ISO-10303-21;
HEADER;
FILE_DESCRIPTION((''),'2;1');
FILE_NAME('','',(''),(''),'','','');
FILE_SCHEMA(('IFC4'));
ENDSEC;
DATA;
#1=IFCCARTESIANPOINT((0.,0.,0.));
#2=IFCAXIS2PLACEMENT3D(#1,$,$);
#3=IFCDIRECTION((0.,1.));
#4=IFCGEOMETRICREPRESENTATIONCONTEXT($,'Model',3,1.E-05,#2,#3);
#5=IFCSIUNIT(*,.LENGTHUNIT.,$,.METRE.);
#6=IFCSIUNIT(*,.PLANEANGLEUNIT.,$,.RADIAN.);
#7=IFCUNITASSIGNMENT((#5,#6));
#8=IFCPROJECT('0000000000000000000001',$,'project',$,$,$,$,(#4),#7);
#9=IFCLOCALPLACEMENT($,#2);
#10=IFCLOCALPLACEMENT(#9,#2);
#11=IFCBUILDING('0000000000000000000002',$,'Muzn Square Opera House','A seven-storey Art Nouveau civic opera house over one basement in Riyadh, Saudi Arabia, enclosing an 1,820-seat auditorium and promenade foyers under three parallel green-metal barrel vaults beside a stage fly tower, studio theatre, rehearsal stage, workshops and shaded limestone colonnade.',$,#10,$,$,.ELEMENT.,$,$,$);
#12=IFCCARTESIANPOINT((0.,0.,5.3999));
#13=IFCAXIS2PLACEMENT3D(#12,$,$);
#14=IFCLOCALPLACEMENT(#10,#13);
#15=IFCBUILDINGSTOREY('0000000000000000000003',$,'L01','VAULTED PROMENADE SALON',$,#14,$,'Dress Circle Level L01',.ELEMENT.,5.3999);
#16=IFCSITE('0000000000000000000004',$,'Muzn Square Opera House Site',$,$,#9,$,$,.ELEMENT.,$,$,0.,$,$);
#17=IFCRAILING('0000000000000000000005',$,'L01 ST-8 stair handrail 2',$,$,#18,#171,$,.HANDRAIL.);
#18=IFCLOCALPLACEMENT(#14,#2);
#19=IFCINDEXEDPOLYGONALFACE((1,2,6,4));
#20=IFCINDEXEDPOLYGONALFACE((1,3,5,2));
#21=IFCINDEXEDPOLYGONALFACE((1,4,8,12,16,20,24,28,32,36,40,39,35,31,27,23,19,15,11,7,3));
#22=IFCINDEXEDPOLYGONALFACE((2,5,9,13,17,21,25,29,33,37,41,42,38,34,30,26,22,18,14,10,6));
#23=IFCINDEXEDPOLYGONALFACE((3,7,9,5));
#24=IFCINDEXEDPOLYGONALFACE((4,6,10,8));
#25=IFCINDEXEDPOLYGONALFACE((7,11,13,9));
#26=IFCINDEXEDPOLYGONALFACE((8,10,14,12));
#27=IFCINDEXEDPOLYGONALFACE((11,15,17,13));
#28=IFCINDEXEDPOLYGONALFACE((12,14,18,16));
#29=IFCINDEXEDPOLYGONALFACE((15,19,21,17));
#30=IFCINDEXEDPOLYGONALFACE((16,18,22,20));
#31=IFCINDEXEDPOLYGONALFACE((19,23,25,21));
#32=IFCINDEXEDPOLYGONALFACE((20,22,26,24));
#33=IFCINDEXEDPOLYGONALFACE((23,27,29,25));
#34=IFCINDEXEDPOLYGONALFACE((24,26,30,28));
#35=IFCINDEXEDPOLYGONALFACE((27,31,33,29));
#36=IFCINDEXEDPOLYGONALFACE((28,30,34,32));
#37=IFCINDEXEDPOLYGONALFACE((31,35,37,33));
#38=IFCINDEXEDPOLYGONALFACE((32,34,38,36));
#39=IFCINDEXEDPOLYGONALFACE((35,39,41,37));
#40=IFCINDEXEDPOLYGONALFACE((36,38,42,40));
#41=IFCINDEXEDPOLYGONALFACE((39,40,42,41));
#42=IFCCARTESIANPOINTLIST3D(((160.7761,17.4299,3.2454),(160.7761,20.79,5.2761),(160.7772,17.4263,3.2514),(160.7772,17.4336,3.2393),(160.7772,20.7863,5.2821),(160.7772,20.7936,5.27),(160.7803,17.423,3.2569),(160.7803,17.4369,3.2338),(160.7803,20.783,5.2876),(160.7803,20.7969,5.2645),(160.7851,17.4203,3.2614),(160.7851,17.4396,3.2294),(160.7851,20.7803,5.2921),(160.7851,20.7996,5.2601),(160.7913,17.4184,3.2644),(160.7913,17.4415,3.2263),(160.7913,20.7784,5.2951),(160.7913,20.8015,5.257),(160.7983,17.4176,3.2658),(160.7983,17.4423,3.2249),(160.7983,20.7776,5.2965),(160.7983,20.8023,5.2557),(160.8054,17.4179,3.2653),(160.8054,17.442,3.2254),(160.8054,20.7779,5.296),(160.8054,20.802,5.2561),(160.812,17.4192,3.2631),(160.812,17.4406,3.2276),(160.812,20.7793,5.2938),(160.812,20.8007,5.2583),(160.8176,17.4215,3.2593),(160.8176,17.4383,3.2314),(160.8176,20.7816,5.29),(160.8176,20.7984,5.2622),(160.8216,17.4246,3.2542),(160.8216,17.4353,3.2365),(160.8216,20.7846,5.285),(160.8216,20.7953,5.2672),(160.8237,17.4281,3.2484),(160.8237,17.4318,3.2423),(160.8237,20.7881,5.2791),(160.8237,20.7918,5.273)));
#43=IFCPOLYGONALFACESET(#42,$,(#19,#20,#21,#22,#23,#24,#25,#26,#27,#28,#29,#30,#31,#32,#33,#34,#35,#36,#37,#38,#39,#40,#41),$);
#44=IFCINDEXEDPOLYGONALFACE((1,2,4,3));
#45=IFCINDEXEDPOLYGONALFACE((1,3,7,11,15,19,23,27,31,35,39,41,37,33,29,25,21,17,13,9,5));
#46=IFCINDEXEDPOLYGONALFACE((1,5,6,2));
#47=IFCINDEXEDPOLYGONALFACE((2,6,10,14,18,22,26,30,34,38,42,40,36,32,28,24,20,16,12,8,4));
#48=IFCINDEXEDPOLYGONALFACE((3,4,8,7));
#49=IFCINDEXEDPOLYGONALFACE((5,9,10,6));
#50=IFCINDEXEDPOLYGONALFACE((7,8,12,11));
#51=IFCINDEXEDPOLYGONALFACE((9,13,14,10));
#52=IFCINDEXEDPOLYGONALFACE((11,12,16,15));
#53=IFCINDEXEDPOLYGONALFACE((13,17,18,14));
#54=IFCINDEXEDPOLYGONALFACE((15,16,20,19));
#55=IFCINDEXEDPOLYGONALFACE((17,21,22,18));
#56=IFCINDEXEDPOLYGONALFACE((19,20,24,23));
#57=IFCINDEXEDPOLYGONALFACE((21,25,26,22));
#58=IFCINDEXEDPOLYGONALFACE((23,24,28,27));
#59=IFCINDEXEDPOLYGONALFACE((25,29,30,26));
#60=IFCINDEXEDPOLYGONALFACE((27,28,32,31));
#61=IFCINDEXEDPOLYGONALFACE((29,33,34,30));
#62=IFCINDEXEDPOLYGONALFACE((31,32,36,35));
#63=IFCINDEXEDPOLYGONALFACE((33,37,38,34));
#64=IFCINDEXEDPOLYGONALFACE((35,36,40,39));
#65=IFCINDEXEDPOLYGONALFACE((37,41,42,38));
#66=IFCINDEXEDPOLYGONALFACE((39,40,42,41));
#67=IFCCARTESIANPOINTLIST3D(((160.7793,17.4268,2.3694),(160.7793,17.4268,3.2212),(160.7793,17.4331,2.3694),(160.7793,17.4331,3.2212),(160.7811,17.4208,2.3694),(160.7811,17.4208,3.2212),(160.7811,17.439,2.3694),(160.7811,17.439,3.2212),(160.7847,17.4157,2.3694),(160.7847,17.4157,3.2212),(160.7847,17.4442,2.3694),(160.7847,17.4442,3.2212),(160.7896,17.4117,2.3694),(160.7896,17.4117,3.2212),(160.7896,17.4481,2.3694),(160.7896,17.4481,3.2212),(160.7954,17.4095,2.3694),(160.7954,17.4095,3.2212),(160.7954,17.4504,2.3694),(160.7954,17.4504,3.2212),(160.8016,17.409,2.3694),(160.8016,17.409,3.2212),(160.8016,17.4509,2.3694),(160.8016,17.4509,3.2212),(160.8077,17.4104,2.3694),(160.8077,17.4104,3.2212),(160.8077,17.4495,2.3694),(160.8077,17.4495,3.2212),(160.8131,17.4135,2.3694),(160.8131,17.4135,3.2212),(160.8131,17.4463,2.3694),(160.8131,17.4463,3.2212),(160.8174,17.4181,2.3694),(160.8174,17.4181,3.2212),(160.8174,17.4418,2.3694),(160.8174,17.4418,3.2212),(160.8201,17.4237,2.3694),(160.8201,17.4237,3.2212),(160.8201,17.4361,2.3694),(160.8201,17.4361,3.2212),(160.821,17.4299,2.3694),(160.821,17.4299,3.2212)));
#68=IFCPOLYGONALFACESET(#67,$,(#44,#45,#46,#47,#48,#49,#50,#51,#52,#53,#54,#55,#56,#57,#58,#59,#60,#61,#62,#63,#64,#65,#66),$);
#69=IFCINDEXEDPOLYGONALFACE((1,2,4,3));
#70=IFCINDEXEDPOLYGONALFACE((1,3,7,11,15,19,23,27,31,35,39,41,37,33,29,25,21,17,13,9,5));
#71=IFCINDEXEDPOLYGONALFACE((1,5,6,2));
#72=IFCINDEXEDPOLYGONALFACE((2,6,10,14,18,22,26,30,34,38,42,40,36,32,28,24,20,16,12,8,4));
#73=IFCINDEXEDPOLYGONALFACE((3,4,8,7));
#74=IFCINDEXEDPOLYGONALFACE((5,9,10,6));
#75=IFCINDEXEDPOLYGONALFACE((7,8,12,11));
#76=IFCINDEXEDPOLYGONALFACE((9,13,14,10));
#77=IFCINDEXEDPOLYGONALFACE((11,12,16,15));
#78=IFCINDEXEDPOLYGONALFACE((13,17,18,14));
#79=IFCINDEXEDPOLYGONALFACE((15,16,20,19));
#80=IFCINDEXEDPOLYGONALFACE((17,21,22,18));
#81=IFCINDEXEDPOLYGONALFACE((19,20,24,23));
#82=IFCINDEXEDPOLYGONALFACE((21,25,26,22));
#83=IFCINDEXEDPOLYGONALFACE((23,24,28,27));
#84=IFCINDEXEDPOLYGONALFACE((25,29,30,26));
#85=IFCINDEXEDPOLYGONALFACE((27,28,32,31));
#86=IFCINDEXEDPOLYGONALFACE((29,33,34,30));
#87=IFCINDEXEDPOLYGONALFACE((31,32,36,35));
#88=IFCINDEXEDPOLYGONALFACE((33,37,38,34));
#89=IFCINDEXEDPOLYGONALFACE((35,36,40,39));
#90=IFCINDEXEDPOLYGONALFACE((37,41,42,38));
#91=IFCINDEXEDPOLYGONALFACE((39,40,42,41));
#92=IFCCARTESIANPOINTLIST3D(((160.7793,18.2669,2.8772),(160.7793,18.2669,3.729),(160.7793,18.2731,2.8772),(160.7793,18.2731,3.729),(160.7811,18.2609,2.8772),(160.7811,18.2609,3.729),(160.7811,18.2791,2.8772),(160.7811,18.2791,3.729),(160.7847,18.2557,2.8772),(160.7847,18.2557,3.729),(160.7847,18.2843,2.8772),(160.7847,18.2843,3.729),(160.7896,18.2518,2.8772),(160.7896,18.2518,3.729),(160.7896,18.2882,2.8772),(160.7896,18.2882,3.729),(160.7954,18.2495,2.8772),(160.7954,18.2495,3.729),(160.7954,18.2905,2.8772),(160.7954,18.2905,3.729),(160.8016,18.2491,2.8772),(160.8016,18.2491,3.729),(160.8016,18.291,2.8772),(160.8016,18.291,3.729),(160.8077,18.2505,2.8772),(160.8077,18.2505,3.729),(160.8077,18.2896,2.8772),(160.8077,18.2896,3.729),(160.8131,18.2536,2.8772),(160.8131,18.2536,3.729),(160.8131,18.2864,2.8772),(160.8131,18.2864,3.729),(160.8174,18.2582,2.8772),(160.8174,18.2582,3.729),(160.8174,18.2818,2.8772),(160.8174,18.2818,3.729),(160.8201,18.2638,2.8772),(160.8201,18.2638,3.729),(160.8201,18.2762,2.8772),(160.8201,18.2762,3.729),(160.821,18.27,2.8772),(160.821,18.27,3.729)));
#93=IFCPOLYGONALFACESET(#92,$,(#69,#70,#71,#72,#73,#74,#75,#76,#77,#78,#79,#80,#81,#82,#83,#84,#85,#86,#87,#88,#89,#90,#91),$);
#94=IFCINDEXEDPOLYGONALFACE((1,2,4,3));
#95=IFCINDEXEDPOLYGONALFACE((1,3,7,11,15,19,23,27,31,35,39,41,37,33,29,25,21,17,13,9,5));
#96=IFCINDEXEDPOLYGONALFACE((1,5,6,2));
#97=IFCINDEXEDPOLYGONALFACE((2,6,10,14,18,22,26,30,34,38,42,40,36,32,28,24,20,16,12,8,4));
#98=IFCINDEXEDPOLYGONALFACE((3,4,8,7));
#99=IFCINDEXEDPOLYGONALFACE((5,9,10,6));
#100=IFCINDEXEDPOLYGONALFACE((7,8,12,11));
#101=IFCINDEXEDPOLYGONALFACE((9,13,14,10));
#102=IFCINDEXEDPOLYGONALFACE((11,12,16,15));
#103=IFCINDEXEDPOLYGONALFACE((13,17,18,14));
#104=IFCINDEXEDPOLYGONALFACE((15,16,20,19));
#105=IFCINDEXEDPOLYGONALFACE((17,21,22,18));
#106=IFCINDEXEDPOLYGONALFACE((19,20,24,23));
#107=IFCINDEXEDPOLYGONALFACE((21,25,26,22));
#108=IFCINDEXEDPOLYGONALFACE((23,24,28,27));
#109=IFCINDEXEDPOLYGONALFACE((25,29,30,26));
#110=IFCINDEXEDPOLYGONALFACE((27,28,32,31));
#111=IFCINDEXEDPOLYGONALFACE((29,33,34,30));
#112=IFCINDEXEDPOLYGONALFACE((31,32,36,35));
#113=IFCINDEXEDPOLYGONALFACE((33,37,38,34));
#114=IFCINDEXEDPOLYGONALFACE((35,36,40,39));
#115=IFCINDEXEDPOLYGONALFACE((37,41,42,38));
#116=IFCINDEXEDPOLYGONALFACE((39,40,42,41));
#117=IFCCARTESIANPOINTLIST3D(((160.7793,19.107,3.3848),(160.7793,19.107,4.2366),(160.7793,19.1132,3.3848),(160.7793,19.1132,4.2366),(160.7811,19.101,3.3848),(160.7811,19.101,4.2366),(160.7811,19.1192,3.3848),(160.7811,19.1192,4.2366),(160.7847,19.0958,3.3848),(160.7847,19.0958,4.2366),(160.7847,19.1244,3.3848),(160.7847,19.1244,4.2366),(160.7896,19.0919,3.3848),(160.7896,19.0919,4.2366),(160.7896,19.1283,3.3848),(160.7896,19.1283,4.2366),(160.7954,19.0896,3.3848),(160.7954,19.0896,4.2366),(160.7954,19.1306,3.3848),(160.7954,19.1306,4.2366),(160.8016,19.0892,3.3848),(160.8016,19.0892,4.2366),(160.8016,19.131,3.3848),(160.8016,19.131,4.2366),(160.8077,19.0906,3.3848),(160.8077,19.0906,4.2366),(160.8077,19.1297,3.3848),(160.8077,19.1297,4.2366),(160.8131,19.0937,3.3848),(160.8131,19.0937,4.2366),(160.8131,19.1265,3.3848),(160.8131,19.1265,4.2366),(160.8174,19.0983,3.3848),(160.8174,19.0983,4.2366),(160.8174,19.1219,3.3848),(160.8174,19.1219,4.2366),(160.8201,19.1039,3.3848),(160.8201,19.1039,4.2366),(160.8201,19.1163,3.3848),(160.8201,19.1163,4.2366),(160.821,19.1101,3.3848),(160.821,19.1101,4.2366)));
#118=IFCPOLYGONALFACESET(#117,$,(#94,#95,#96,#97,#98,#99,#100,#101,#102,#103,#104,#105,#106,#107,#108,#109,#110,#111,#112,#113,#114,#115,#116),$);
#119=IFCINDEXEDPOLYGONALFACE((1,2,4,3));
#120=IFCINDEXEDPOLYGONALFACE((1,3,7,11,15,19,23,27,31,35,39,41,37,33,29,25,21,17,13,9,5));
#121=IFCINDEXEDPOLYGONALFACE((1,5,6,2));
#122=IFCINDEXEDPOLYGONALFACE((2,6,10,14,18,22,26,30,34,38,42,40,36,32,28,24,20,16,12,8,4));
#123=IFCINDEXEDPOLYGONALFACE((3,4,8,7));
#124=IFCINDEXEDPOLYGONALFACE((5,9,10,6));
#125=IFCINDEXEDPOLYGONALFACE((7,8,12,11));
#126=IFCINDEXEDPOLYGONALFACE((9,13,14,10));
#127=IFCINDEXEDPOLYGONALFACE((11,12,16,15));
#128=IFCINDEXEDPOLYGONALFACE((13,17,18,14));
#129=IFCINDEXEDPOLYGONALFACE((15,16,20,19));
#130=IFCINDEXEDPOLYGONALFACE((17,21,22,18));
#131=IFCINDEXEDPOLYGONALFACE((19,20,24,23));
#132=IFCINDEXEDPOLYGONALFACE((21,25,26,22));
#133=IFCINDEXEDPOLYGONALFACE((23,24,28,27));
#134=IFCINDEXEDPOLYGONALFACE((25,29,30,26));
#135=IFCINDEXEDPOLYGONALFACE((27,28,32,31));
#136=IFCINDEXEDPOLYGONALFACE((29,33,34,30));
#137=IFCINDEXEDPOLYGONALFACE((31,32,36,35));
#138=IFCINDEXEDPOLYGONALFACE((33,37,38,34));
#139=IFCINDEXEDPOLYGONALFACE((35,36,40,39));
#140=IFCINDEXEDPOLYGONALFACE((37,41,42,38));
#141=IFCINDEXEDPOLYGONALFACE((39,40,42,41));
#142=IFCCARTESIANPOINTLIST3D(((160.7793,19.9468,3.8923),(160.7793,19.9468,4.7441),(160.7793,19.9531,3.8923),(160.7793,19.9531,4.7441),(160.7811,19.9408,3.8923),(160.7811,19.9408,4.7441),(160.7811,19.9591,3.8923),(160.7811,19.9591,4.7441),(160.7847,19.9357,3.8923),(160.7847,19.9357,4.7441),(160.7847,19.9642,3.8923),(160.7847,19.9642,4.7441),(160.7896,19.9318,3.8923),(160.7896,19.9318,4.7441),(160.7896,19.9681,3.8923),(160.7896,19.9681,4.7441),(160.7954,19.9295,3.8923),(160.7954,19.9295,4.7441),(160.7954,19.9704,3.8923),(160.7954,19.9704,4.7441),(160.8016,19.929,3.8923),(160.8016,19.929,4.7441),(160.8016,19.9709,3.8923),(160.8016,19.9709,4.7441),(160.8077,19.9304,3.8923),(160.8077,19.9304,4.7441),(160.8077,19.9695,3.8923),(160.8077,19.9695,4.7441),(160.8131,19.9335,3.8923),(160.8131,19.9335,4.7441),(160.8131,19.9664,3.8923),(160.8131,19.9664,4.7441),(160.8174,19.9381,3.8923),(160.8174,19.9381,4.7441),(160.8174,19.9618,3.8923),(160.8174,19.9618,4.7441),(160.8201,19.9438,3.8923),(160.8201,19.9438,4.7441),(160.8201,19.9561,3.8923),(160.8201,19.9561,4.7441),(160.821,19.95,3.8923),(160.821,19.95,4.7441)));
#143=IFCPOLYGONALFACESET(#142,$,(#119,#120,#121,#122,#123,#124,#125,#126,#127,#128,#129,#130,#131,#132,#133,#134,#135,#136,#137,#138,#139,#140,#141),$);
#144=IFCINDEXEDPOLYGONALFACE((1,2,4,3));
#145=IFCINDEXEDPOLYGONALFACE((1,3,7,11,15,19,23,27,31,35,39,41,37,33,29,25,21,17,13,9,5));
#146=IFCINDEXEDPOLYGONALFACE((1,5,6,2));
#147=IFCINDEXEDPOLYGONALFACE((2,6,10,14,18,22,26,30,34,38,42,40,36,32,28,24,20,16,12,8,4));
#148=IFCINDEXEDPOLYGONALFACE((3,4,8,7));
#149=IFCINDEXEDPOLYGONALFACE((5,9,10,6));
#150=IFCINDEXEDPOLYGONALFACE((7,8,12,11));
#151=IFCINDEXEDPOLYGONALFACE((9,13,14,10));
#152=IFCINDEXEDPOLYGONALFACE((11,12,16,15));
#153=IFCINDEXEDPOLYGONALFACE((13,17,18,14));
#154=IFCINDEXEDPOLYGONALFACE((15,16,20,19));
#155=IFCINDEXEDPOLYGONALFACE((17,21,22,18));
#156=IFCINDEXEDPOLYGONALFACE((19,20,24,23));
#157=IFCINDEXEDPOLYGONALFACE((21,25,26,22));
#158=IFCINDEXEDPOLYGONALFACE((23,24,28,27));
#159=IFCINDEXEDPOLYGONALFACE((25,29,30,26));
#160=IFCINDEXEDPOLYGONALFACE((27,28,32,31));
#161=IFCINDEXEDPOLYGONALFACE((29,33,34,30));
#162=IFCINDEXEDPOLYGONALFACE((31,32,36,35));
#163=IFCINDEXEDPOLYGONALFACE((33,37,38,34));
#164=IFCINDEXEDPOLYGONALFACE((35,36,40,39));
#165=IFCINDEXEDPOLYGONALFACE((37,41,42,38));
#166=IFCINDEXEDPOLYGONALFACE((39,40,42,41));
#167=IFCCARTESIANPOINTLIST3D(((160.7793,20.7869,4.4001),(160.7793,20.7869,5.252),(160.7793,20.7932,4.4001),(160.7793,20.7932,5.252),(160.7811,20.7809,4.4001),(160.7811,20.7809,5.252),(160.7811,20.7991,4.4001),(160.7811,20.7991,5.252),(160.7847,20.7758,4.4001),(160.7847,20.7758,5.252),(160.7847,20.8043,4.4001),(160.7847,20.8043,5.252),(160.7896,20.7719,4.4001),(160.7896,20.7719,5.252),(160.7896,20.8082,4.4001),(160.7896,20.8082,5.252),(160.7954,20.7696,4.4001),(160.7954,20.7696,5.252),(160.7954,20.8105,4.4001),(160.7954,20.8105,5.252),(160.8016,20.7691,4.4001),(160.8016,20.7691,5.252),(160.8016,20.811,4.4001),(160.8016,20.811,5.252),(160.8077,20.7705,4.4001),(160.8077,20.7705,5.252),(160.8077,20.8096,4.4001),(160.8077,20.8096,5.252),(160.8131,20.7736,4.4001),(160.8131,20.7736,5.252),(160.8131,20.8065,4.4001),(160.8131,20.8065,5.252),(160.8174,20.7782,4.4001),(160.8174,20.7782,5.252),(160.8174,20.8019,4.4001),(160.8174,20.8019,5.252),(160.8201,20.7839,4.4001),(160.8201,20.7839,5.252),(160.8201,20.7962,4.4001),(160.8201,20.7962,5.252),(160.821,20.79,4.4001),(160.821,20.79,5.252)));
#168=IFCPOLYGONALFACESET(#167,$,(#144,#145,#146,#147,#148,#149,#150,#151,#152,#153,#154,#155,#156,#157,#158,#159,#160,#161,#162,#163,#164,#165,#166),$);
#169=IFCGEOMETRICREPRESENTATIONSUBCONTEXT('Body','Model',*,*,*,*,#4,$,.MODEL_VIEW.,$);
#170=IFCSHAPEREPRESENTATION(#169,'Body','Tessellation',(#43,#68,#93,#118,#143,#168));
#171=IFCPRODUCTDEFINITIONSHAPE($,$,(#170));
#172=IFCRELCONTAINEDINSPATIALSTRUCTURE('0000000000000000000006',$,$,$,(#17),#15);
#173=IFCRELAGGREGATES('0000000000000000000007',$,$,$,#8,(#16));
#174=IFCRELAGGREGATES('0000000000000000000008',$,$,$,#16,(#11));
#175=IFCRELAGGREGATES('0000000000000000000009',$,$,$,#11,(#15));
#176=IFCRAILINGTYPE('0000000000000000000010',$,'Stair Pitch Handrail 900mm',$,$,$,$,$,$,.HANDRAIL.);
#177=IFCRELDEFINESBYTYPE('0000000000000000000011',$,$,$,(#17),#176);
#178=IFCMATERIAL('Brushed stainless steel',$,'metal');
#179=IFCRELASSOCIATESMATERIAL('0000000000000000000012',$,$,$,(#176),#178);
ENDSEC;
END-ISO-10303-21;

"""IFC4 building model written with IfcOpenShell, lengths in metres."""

from ifc_helpers import new_model, si_unit, direction, frame, origin, origin_2d, place, context, subcontext, project, spatial, circle, extrude, material, type_object, element, save


model = new_model("IFC4")

# Units and contexts
model_context = context("Model", 3, precision=1e-05, world=origin(), true_north=direction((0.0, 1.0)))
body_context = subcontext(model_context, "Body", "Model", "MODEL_VIEW")
ifc_project = project(units=[si_unit("LENGTHUNIT", "METRE"), si_unit("PLANEANGLEUNIT", "RADIAN")], contexts=[model_context])

# Site, building, storey
site_placement = place(None, origin())
site = spatial("IfcSite", under=ifc_project, at=site_placement, Name="Muzn Square Opera House Site", CompositionType="ELEMENT", RefElevation=0.0)
building_placement = place(site_placement, origin())
building = spatial("IfcBuilding", under=site, at=building_placement, Name="Muzn Square Opera House", Description="A seven-storey Art Nouveau civic opera house over one basement in Riyadh, Saudi Arabia, enclosing an 1,820-seat auditorium and promenade foyers under three parallel green-metal barrel vaults beside a stage fly tower, studio theatre, rehearsal stage, workshops and shaded limestone colonnade.", CompositionType="ELEMENT")
storey_placement = place(building_placement, frame((0.0, 0.0, 5.3999)))
storey = spatial("IfcBuildingStorey", under=building, at=storey_placement, Name="L01", Description="VAULTED PROMENADE SALON", LongName="Dress Circle Level L01", CompositionType="ELEMENT", Elevation=5.3999)

# Railing
ifc_material_1 = material(Name="Brushed stainless steel", Category="metal")
railing_type_1 = type_object("IfcRailingType", Name="Stair Pitch Handrail 900mm", PredefinedType="HANDRAIL", material=ifc_material_1)
railing_1_placement = place(storey_placement, frame((160.8, 17.4299, 2.3694)))
element("IfcRailing", 1, at=railing_1_placement, inside=storey, type_object=railing_type_1, Name="L01 ST-8 stair handrail 2", PredefinedType="HANDRAIL", context=body_context, shape_type="SweptSolid", body=[
    extrude(circle(Radius=0.0239, at=origin_2d()), frame((0.0, 0.0, 0.876), z_axis=(0.0, 0.855837, 0.517246), x_axis=(-1.0, 0.0, 0.0)), (0.0, 0.0, 1.0), 3.926),
    extrude(circle(Radius=0.021, at=origin_2d()), origin(), (0.0, 0.0, 1.0), 0.8518),
    extrude(circle(Radius=0.021, at=origin_2d()), frame((0.0, 0.8401, 0.5078)), (0.0, 0.0, 1.0), 0.8518),
    extrude(circle(Radius=0.021, at=origin_2d()), frame((0.0, 1.6802, 1.0154)), (0.0, 0.0, 1.0), 0.8518),
    extrude(circle(Radius=0.021, at=origin_2d()), frame((0.0, 2.52, 1.5229)), (0.0, 0.0, 1.0), 0.8518),
    extrude(circle(Radius=0.021, at=origin_2d()), frame((0.0, 3.3601, 2.0308)), (0.0, 0.0, 1.0), 0.8518),
])

save(model, "model.ifc")
